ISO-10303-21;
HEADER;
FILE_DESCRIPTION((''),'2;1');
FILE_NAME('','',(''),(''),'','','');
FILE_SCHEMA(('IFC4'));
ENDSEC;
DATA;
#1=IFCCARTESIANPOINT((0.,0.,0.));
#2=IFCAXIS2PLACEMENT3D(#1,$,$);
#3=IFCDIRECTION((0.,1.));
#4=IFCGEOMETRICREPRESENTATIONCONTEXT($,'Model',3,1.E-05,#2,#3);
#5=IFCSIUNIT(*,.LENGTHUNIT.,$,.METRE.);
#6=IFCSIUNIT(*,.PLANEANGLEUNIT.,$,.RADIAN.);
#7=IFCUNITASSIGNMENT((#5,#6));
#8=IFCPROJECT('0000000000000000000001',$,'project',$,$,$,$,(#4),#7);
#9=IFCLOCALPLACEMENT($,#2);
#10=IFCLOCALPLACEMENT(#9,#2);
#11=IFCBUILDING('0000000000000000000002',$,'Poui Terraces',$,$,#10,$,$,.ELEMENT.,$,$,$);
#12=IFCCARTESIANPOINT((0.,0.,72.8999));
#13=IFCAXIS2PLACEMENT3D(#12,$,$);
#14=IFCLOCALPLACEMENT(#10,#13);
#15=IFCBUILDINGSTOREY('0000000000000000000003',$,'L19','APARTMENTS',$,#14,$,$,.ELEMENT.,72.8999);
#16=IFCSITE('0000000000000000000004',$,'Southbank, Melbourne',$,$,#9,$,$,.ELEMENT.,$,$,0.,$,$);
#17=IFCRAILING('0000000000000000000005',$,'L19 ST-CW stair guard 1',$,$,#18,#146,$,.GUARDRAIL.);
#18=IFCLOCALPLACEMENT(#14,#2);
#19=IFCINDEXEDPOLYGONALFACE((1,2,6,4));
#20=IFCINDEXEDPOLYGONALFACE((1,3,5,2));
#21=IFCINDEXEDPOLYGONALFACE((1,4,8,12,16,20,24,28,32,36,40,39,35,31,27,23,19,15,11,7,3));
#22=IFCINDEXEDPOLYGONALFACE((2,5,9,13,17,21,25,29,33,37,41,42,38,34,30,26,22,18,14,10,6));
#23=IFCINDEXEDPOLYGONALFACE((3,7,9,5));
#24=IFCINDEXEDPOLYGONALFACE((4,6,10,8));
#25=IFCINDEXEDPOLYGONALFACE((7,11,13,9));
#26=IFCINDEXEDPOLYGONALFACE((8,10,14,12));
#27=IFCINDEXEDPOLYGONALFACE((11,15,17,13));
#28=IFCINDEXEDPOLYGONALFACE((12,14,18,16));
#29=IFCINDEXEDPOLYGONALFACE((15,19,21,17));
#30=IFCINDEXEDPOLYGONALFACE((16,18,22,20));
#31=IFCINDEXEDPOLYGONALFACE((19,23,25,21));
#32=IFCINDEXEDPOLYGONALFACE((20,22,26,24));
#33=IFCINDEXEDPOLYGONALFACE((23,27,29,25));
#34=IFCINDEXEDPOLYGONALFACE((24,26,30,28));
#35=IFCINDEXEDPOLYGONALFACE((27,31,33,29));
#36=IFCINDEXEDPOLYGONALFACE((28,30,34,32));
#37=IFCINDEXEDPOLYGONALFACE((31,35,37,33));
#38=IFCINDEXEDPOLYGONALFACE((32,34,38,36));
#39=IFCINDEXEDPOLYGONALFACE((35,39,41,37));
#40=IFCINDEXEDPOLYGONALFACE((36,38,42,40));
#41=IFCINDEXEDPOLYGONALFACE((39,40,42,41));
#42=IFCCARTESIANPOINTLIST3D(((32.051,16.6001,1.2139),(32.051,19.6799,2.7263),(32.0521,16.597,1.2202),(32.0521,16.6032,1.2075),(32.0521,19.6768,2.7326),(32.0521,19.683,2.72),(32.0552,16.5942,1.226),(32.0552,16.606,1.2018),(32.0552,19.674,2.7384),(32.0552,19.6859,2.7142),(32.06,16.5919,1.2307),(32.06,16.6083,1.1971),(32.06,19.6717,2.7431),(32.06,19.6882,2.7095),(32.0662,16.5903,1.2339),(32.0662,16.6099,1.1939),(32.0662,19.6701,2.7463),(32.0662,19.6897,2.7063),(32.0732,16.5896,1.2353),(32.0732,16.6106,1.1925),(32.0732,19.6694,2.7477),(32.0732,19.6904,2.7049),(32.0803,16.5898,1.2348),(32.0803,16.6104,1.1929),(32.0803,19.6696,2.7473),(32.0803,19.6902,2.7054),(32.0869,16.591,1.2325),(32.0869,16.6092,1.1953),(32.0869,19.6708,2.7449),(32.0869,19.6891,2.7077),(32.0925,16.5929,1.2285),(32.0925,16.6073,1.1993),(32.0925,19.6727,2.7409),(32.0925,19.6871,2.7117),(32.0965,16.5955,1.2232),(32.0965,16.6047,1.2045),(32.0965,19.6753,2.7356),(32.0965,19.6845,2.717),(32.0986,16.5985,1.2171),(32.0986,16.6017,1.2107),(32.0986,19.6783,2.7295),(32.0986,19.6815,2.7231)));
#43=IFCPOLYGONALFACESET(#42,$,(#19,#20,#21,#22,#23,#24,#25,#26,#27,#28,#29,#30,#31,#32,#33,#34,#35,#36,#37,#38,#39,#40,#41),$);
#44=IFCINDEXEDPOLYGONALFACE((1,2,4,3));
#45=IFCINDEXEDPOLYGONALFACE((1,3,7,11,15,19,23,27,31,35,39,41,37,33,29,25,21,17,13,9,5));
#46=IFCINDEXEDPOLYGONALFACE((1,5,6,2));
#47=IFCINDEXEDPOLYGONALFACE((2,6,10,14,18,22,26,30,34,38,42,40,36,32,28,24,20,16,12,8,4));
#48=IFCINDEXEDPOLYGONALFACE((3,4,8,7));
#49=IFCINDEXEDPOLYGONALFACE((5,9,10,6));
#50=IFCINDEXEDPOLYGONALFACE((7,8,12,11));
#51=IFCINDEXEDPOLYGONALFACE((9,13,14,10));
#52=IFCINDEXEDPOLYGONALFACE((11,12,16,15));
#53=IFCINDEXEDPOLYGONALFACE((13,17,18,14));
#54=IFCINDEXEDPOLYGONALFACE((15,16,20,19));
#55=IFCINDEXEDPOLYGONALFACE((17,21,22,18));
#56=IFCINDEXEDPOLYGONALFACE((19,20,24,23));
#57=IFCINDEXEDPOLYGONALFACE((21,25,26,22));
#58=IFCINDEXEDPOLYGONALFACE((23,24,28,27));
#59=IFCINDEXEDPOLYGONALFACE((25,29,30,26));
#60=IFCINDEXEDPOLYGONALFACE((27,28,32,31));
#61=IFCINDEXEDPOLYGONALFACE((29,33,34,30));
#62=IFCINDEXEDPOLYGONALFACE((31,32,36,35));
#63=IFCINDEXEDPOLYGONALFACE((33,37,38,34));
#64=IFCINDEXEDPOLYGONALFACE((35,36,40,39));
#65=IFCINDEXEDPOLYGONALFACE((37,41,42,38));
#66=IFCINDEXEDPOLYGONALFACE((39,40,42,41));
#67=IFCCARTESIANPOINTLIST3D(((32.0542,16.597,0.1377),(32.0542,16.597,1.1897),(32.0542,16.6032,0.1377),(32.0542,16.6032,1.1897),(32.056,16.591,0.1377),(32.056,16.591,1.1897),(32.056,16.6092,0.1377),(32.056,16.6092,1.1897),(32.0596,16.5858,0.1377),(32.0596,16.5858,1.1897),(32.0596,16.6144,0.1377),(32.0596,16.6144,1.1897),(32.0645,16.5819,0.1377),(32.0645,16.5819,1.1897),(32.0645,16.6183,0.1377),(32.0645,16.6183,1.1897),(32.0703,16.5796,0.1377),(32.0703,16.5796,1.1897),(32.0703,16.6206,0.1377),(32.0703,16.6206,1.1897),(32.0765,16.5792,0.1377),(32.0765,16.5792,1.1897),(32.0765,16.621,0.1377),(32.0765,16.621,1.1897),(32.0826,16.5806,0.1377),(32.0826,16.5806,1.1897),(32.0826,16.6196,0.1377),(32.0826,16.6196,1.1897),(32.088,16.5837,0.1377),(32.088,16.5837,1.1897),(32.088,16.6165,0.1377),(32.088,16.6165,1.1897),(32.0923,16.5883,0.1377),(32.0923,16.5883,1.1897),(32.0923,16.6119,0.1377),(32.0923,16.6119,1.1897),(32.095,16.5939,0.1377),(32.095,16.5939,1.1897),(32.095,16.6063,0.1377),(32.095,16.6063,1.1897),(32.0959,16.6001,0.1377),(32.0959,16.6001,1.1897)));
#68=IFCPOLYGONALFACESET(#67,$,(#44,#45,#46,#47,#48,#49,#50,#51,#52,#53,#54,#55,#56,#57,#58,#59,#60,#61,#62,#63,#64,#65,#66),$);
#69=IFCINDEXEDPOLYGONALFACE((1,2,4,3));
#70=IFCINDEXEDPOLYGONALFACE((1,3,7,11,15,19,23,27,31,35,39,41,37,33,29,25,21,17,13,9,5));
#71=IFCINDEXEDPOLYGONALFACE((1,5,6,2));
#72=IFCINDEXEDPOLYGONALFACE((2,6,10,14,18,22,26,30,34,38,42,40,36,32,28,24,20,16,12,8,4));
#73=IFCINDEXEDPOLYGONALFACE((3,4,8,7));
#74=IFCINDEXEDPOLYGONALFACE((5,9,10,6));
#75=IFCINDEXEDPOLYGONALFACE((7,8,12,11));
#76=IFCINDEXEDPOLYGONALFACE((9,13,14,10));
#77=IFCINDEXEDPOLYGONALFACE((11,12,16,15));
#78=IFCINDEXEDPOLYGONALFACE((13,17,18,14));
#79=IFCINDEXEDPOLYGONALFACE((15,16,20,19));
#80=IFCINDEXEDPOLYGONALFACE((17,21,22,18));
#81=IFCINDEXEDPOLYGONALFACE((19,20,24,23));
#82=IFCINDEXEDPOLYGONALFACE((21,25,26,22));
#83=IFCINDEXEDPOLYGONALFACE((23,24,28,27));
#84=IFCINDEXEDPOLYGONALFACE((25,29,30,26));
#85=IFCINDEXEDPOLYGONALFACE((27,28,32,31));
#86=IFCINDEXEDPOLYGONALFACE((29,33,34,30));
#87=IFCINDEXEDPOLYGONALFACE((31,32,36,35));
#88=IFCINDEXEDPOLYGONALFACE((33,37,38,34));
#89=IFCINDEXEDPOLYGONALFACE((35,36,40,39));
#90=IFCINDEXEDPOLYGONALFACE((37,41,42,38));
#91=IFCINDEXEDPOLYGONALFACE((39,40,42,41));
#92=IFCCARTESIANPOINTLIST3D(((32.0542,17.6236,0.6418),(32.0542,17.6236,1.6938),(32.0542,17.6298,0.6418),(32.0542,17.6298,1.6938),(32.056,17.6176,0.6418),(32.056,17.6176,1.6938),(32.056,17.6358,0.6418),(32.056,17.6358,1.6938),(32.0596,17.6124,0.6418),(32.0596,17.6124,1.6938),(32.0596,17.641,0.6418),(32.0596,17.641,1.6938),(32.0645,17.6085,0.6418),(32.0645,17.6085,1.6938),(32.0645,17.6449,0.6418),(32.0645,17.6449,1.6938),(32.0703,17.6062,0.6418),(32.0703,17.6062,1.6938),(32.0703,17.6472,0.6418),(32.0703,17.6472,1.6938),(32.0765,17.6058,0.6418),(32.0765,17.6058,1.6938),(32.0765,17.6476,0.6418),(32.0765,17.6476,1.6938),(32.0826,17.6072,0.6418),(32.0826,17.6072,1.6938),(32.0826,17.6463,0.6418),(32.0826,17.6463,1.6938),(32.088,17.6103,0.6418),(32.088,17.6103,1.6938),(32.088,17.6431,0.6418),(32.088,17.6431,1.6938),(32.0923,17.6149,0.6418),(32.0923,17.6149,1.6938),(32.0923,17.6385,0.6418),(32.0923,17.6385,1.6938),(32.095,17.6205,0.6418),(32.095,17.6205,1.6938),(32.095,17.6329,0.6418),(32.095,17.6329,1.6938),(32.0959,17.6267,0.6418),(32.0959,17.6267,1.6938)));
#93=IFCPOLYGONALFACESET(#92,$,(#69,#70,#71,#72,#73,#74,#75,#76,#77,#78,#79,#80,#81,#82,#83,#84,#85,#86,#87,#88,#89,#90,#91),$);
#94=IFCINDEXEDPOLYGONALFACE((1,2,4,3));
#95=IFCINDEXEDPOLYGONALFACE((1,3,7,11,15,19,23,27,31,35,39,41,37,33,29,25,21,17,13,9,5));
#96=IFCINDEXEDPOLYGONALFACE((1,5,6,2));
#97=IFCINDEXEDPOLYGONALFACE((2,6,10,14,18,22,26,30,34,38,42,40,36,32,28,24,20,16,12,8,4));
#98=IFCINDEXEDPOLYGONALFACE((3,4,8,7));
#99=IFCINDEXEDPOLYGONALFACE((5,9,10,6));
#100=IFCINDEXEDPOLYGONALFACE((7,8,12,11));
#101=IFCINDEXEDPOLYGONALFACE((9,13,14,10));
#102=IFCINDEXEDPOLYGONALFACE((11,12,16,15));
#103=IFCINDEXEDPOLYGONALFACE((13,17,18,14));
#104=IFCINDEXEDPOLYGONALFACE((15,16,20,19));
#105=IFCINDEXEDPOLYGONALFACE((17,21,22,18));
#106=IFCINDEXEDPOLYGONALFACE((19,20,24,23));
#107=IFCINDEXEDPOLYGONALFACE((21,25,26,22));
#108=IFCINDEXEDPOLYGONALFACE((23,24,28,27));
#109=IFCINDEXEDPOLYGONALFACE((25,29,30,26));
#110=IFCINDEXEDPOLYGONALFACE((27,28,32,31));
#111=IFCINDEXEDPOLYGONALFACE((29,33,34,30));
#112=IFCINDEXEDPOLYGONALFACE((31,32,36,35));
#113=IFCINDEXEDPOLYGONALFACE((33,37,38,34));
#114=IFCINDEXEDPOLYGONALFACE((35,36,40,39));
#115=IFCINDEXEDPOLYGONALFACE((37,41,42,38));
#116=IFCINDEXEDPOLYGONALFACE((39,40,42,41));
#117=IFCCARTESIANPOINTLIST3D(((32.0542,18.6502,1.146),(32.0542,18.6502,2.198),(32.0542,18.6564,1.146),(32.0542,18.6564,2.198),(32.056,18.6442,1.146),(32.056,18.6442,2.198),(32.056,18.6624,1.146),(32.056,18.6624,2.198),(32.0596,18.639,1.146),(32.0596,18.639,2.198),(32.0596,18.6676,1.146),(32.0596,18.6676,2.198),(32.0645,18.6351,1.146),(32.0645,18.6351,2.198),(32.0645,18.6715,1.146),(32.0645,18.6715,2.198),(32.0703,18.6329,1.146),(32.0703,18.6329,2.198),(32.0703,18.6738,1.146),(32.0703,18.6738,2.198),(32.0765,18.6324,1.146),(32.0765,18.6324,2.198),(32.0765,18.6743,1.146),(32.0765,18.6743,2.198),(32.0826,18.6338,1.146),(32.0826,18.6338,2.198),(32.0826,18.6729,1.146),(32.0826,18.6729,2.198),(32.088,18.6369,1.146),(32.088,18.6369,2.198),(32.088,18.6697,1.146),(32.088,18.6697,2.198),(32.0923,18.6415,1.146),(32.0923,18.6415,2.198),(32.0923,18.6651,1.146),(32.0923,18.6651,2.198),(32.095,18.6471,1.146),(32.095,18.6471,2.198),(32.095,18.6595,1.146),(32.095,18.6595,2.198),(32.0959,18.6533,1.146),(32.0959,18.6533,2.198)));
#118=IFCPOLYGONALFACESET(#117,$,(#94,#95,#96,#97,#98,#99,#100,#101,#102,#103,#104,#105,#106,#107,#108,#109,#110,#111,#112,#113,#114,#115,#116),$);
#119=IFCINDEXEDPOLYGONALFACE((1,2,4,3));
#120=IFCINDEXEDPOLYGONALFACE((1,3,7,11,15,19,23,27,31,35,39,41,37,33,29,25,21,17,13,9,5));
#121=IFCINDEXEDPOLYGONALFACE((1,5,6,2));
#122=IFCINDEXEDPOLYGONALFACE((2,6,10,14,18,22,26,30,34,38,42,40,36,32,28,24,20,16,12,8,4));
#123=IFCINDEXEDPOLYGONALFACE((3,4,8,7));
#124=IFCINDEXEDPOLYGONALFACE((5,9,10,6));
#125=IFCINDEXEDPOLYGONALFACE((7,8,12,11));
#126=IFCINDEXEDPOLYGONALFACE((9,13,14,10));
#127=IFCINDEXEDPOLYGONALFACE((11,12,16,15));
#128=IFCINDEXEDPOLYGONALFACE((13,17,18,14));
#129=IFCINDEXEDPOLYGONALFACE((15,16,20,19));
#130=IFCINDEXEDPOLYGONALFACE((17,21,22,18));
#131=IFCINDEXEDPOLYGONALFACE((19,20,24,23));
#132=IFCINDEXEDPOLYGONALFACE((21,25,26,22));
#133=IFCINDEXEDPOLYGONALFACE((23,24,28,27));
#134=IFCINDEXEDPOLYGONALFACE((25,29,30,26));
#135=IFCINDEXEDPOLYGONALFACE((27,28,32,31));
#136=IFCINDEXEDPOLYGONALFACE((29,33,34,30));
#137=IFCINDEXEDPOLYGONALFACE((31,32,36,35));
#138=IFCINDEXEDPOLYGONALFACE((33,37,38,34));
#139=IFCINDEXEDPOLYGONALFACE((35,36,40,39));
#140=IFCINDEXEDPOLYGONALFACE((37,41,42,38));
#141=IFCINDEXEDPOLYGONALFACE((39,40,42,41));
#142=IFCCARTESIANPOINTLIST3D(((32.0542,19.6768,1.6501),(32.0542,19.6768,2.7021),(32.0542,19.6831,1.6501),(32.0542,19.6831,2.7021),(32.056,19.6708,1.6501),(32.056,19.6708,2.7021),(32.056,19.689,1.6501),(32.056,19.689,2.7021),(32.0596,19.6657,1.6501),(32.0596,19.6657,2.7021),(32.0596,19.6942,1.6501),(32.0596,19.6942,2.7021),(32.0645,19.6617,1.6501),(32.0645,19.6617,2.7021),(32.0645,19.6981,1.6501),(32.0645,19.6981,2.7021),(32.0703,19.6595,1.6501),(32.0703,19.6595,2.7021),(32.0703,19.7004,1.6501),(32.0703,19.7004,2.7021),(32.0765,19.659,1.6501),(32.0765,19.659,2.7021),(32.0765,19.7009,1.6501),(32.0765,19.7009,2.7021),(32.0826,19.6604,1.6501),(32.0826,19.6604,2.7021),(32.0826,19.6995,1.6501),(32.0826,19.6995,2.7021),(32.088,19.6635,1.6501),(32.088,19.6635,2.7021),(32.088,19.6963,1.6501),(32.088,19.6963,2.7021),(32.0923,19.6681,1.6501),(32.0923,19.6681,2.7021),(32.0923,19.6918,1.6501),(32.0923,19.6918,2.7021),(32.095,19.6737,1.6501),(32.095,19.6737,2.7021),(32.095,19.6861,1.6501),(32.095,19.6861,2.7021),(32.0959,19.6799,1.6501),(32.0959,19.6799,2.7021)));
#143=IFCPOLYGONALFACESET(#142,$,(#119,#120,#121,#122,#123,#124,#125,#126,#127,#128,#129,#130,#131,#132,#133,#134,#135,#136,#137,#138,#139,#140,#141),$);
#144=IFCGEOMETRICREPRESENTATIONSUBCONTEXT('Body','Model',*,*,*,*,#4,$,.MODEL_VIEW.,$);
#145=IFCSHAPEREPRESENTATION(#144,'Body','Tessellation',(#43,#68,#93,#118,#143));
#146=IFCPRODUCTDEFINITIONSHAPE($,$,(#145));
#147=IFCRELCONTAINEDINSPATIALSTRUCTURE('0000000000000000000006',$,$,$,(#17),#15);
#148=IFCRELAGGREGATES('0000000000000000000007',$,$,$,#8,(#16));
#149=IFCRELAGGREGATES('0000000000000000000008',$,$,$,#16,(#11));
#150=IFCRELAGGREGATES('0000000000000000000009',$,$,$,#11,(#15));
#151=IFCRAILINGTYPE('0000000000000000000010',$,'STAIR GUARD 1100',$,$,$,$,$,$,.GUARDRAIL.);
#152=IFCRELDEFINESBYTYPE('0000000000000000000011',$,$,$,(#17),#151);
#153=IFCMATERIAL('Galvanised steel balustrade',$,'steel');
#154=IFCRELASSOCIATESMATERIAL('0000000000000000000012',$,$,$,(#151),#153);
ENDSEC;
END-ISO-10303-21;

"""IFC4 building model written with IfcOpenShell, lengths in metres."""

from ifc_helpers import new_model, si_unit, direction, frame, origin, origin_2d, place, context, subcontext, project, spatial, circle, extrude, material, type_object, element, save


model = new_model("IFC4")

# Units and contexts
model_context = context("Model", 3, precision=1e-05, world=origin(), true_north=direction((0.0, 1.0)))
body_context = subcontext(model_context, "Body", "Model", "MODEL_VIEW")
ifc_project = project(units=[si_unit("LENGTHUNIT", "METRE"), si_unit("PLANEANGLEUNIT", "RADIAN")], contexts=[model_context])

# Site, building, storey
site_placement = place(None, origin())
site = spatial("IfcSite", under=ifc_project, at=site_placement, Name="Southbank, Melbourne", CompositionType="ELEMENT", RefElevation=0.0)
building_placement = place(site_placement, origin())
building = spatial("IfcBuilding", under=site, at=building_placement, Name="Poui Terraces", CompositionType="ELEMENT")
storey_placement = place(building_placement, frame((0.0, 0.0, 72.8999)))
storey = spatial("IfcBuildingStorey", under=building, at=storey_placement, Name="L19", Description="APARTMENTS", CompositionType="ELEMENT", Elevation=72.8999)

# Railing
ifc_material_1 = material(Name="Galvanised steel balustrade", Category="steel")
railing_type_1 = type_object("IfcRailingType", Name="STAIR GUARD 1100", PredefinedType="GUARDRAIL", material=ifc_material_1)
railing_1_placement = place(storey_placement, frame((32.075, 16.6001, 0.1377)))
element("IfcRailing", 1, at=railing_1_placement, inside=storey, type_object=railing_type_1, Name="L19 ST-CW stair guard 1", PredefinedType="GUARDRAIL", context=body_context, shape_type="SweptSolid", body=[
    extrude(circle(Radius=0.0239, at=origin_2d()), frame((0.0, 0.0, 1.0762), z_axis=(0.0, 0.897606, 0.440798), x_axis=(-1.0, 0.0, 0.0)), (0.0, 0.0, 1.0), 3.4312),
    extrude(circle(Radius=0.021, at=origin_2d()), origin(), (0.0, 0.0, 1.0), 1.052),
    extrude(circle(Radius=0.021, at=origin_2d()), frame((0.0, 1.0266, 0.5042)), (0.0, 0.0, 1.0), 1.052),
    extrude(circle(Radius=0.021, at=origin_2d()), frame((0.0, 2.0532, 1.0083)), (0.0, 0.0, 1.0), 1.052),
    extrude(circle(Radius=0.021, at=origin_2d()), frame((0.0, 3.0798, 1.5125)), (0.0, 0.0, 1.0), 1.052),
])

save(model, "model.ifc")
